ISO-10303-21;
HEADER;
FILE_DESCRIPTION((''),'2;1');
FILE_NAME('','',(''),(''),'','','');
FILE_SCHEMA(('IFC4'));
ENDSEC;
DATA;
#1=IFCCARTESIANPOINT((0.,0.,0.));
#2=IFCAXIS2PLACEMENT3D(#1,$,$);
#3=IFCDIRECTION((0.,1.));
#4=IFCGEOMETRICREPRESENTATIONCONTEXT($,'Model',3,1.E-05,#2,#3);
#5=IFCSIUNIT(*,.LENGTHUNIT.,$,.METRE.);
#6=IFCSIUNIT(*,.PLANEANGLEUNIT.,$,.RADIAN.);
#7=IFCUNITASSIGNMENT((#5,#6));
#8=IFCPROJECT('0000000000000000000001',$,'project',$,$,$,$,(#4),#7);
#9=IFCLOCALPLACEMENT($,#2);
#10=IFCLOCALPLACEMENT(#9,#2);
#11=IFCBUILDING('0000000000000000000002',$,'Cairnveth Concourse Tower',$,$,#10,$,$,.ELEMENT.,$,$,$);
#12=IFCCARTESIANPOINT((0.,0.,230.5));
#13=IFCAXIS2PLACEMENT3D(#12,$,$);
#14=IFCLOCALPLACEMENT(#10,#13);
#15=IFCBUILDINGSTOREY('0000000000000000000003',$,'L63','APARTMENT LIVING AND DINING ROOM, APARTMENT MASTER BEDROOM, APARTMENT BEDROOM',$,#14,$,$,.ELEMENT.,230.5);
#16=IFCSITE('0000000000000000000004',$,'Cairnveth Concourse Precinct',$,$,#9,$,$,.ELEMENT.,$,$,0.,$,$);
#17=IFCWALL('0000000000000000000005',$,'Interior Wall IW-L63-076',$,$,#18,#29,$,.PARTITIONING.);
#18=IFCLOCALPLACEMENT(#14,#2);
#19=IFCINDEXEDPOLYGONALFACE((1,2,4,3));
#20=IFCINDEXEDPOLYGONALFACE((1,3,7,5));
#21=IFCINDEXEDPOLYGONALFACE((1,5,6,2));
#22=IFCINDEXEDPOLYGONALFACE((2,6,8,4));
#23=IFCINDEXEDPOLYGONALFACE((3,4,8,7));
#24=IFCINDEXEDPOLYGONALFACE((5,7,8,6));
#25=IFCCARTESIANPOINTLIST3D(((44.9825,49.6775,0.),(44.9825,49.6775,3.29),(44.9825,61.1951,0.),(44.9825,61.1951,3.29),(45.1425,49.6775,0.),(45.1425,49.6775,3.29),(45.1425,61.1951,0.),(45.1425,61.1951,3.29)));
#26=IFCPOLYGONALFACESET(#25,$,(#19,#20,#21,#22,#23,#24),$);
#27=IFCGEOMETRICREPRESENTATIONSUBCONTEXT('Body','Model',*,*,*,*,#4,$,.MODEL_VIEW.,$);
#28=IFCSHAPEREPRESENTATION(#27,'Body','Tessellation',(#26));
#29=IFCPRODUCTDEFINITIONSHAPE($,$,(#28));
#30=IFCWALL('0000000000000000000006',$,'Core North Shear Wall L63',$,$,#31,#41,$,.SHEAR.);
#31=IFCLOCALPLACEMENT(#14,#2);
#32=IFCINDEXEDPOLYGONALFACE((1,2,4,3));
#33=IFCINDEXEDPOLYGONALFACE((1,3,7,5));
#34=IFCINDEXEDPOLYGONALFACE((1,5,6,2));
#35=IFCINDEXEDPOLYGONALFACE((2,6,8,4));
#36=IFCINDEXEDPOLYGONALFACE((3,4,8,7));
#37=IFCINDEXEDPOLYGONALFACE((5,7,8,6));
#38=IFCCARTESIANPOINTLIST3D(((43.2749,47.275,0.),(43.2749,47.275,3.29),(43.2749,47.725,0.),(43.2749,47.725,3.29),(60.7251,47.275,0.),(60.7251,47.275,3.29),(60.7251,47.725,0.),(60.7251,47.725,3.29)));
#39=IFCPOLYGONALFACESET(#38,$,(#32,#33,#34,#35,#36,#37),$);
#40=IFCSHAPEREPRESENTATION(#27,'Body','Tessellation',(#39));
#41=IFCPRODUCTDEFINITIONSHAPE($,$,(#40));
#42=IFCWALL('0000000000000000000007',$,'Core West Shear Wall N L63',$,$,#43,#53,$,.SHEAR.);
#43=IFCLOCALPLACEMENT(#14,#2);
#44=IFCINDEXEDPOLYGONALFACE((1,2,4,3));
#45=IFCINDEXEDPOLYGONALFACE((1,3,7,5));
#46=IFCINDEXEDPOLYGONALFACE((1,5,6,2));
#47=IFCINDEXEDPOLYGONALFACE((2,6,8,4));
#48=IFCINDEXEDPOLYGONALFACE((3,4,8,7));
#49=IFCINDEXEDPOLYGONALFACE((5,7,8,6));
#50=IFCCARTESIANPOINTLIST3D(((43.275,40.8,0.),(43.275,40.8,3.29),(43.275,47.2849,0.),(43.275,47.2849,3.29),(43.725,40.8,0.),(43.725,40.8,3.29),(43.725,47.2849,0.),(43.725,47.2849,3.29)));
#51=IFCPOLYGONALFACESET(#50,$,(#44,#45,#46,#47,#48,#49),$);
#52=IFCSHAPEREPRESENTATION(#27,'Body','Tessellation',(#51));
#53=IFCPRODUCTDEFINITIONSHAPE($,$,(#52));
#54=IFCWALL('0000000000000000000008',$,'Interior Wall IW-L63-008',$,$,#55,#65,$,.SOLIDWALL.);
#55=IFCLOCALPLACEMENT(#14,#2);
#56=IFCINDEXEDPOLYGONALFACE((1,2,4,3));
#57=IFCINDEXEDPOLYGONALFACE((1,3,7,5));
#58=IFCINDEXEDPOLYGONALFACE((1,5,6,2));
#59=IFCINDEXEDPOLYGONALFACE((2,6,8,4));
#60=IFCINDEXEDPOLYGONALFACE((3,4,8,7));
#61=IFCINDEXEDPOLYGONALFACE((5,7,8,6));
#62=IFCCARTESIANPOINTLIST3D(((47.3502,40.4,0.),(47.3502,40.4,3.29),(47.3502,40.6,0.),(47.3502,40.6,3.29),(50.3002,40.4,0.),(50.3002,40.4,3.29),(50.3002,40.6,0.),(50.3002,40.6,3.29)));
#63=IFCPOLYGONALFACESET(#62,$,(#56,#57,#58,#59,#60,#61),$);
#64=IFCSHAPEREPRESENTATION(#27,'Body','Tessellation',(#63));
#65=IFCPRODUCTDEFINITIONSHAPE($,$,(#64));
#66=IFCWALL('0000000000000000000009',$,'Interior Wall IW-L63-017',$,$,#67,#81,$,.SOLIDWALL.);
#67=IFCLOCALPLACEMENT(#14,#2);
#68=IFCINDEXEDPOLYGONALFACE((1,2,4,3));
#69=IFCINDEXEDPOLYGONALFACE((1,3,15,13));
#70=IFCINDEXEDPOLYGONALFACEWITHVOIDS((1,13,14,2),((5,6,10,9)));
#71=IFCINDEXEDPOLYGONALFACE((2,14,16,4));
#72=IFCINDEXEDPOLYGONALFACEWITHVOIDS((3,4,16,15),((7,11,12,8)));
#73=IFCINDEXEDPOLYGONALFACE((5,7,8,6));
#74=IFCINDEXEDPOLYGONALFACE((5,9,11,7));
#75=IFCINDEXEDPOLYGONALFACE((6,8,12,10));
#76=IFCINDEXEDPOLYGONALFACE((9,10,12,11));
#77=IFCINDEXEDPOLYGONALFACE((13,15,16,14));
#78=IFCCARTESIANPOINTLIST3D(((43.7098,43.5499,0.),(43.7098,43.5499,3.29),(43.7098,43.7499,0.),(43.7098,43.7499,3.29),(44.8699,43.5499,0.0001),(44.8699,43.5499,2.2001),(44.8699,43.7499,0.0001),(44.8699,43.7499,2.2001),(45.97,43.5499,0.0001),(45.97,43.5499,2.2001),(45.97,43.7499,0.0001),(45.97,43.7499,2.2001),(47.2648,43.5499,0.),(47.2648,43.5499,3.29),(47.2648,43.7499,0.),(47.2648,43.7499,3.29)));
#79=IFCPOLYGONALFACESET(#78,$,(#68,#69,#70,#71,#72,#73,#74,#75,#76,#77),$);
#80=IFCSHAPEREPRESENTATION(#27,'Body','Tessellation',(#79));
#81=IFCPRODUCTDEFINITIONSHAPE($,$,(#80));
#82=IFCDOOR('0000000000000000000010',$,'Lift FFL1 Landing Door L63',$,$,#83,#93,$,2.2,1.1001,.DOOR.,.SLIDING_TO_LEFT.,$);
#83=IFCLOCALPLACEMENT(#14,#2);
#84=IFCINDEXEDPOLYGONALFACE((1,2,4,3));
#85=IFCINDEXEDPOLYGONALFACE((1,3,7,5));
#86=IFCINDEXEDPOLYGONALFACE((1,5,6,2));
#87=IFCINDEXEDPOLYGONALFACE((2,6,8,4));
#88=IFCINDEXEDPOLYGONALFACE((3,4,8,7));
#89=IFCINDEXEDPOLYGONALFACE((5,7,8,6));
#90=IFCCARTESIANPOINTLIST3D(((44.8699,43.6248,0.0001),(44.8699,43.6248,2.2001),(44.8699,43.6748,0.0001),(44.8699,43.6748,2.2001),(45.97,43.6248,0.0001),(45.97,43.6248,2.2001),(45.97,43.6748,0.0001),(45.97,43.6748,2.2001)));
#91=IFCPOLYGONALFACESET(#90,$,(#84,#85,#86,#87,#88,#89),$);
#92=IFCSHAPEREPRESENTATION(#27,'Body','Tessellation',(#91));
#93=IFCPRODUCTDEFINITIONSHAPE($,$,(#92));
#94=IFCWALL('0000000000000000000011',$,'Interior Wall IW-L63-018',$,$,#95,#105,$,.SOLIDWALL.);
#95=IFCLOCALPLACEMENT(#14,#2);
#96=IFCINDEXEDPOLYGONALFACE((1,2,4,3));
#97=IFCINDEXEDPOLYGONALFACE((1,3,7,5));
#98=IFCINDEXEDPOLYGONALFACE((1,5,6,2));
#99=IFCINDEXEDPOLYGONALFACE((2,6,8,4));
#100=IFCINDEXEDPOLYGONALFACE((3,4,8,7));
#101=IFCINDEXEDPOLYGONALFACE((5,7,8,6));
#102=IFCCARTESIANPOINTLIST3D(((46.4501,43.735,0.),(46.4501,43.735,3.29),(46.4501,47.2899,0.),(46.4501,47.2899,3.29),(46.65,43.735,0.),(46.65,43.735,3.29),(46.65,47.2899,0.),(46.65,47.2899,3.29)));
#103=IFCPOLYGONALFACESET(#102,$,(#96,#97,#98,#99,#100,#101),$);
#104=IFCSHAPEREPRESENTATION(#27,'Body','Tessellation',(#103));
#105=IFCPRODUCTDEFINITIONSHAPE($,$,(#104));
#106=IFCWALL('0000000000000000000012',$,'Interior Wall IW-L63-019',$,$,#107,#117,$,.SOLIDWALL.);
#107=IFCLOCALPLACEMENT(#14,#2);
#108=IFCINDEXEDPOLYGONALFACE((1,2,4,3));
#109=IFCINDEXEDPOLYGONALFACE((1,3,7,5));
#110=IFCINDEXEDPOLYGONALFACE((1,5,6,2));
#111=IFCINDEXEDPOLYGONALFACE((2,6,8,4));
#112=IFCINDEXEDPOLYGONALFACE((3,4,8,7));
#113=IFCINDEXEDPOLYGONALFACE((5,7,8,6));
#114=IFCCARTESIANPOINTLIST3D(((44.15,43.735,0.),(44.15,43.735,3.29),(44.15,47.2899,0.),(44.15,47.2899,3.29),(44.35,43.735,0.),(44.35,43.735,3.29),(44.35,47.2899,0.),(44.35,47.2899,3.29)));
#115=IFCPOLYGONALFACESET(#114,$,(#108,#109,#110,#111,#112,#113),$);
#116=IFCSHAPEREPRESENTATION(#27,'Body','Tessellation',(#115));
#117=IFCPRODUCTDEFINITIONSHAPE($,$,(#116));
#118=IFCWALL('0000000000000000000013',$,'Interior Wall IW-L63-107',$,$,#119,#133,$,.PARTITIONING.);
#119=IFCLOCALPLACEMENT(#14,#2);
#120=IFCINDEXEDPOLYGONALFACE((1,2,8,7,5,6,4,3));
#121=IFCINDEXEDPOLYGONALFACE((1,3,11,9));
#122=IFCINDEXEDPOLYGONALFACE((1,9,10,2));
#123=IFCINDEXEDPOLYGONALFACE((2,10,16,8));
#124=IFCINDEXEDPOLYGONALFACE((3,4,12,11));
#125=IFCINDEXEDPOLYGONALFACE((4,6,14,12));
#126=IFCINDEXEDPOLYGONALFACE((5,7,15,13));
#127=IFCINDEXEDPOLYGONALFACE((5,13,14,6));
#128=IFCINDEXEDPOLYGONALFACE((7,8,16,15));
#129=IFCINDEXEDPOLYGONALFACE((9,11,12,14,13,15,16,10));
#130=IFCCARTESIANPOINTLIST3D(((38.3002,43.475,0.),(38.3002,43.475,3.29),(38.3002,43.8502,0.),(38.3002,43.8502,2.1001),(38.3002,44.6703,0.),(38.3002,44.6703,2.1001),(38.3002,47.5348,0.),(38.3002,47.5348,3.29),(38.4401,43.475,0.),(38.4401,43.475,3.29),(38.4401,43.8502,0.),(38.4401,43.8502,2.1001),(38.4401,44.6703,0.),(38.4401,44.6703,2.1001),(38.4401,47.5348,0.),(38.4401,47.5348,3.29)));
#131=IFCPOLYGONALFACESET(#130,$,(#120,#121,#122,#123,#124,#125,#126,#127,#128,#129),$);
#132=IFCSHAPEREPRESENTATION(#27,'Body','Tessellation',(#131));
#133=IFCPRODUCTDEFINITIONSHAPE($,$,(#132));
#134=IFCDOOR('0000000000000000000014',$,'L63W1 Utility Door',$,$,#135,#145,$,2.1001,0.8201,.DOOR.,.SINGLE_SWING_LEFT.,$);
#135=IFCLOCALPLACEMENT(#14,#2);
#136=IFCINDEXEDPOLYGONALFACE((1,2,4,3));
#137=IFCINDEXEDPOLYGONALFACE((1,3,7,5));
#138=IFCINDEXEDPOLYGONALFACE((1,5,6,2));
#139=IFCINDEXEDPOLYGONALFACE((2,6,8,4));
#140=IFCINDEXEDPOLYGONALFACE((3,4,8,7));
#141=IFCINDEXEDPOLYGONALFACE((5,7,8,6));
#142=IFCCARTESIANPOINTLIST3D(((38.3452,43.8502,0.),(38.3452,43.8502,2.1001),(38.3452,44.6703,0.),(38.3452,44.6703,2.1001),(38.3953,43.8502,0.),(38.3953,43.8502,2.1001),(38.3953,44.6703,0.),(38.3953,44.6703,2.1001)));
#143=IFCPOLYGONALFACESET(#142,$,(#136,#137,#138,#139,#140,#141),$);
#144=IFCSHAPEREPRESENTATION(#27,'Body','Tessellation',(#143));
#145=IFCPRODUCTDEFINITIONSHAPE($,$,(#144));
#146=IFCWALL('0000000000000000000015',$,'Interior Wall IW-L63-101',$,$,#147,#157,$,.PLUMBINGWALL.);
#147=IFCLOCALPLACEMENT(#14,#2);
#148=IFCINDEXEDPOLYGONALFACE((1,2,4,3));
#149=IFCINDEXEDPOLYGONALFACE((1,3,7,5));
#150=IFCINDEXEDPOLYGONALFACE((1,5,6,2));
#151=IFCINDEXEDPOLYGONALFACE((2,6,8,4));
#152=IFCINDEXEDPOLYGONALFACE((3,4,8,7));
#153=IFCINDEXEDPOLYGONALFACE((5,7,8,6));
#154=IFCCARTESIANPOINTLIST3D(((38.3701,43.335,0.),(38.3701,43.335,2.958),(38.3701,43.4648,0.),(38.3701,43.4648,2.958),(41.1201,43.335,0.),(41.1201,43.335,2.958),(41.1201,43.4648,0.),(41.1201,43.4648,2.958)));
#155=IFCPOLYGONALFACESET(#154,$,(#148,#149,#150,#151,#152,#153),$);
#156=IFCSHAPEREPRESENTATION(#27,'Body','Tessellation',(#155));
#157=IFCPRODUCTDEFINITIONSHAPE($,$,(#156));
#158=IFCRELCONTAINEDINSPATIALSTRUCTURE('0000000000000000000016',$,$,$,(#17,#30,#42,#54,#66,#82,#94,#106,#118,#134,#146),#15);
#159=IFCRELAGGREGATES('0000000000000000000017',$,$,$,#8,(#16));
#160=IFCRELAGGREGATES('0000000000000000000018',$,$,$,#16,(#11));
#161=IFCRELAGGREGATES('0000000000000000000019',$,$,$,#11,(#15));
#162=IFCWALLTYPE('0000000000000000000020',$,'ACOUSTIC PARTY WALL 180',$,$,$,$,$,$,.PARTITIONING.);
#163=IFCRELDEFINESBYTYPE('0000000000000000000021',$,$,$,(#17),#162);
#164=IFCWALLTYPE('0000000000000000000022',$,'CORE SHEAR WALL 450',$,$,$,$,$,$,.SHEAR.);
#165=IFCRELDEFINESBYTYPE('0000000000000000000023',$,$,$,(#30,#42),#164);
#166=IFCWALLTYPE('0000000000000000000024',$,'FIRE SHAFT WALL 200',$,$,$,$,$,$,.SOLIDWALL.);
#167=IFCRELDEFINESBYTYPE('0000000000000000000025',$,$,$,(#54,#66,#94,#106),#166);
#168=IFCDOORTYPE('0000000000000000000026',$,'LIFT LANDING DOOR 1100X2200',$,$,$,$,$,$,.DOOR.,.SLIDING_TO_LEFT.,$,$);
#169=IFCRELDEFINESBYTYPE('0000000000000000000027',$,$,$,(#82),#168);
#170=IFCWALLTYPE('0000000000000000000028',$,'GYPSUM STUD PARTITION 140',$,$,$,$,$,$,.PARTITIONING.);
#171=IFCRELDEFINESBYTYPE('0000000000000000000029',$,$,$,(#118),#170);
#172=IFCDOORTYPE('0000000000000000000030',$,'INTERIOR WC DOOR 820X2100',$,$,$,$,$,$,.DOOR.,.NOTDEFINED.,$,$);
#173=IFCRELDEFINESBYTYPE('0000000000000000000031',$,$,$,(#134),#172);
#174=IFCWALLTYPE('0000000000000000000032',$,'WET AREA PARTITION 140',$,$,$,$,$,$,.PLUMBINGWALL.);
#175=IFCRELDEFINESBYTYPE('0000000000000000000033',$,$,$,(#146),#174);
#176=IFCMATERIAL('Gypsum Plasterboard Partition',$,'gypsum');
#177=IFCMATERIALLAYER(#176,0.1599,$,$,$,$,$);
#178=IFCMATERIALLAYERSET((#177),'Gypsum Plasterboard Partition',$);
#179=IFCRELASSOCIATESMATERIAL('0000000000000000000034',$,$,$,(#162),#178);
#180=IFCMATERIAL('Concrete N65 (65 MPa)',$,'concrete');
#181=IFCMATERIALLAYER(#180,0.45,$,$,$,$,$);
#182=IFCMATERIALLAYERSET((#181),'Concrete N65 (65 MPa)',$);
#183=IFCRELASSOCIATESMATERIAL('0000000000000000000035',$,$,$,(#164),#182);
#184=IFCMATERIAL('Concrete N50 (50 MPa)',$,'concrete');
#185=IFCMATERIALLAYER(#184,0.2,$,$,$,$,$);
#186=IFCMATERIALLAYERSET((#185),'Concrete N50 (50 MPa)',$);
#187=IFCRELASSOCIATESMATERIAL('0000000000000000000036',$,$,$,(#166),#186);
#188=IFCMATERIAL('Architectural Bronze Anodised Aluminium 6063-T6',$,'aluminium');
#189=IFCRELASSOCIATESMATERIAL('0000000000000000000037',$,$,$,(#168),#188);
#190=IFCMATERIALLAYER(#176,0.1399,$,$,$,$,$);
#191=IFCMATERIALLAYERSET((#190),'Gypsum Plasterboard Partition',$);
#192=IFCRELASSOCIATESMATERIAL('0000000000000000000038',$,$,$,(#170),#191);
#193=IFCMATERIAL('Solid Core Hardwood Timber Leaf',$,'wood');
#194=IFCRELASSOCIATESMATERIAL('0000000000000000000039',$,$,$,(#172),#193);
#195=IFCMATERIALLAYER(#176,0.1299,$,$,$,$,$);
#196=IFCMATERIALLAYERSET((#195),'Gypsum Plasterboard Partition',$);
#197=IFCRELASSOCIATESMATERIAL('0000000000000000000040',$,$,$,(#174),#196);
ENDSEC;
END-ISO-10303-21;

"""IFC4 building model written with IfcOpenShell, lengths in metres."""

from ifc_helpers import new_model, si_unit, direction, frame, frame_2d, origin, place, context, subcontext, project, spatial, rectangle, extrude, material, layer, layer_set, type_object, element, fill, save


model = new_model("IFC4")

# Units and contexts
model_context = context("Model", 3, precision=1e-05, world=origin(), true_north=direction((0.0, 1.0)))
body_context = subcontext(model_context, "Body", "Model", "MODEL_VIEW")
ifc_project = project(units=[si_unit("LENGTHUNIT", "METRE"), si_unit("PLANEANGLEUNIT", "RADIAN")], contexts=[model_context])

# Site, building, storey
site_placement = place(None, origin())
site = spatial("IfcSite", under=ifc_project, at=site_placement, Name="Cairnveth Concourse Precinct", CompositionType="ELEMENT", RefElevation=0.0)
building_placement = place(site_placement, origin())
building = spatial("IfcBuilding", under=site, at=building_placement, Name="Cairnveth Concourse Tower", CompositionType="ELEMENT")
storey_placement = place(building_placement, frame((0.0, 0.0, 230.5)))
storey = spatial("IfcBuildingStorey", under=building, at=storey_placement, Name="L63", Description="APARTMENT LIVING AND DINING ROOM, APARTMENT MASTER BEDROOM, APARTMENT BEDROOM", CompositionType="ELEMENT", Elevation=230.5)

# Shared definitions
ifc_material_1 = material(Name="Concrete N65 (65 MPa)", Category="concrete")

# Walls
ifc_material_2 = material(Name="Gypsum Plasterboard Partition", Category="gypsum")
ifc_layer_1 = layer(ifc_material_2, 0.1599)
ifc_layer_set_1 = layer_set([ifc_layer_1], Name="Gypsum Plasterboard Partition")
wall_type_1 = type_object("IfcWallType", Name="ACOUSTIC PARTY WALL 180", PredefinedType="PARTITIONING", material=ifc_layer_set_1)
wall_1_placement = place(storey_placement, frame((45.0625, 49.6775, 0.0), z_axis=(0.0, 0.0, 1.0), x_axis=(0.0, 1.0, 0.0)))
element("IfcWall", 1, at=wall_1_placement, inside=storey, type_object=wall_type_1, Name="Interior Wall IW-L63-076", PredefinedType="PARTITIONING", context=body_context, shape_type="SweptSolid", body=[
    extrude(rectangle(XDim=11.5176, YDim=0.1599, at=frame_2d((5.7588, 0.0))), origin(), (0.0, 0.0, 1.0), 3.29),
])
ifc_layer_2 = layer(ifc_material_1, 0.45)
ifc_layer_set_2 = layer_set([ifc_layer_2], Name="Concrete N65 (65 MPa)")
wall_type_2 = type_object("IfcWallType", Name="CORE SHEAR WALL 450", PredefinedType="SHEAR", material=ifc_layer_set_2)
wall_2_placement = place(storey_placement, frame((43.2749, 47.5, 0.0), z_axis=(0.0, 0.0, 1.0), x_axis=(1.0, 0.0, 0.0)))
element("IfcWall", 2, at=wall_2_placement, inside=storey, type_object=wall_type_2, Name="Core North Shear Wall L63", PredefinedType="SHEAR", context=body_context, shape_type="SweptSolid", body=[
    extrude(rectangle(XDim=17.4502, YDim=0.45, at=frame_2d((8.7251, 0.0))), origin(), (0.0, 0.0, 1.0), 3.29),
])
wall_3_placement = place(storey_placement, frame((43.5, 40.8, 0.0), z_axis=(0.0, 0.0, 1.0), x_axis=(0.0, 1.0, 0.0)))
element("IfcWall", 3, at=wall_3_placement, inside=storey, type_object=wall_type_2, Name="Core West Shear Wall N L63", PredefinedType="SHEAR", context=body_context, shape_type="SweptSolid", body=[
    extrude(rectangle(XDim=6.4849, YDim=0.45, at=frame_2d((3.2424, 0.0))), origin(), (0.0, 0.0, 1.0), 3.29),
])
ifc_material_3 = material(Name="Concrete N50 (50 MPa)", Category="concrete")
ifc_layer_3 = layer(ifc_material_3, 0.2)
ifc_layer_set_3 = layer_set([ifc_layer_3], Name="Concrete N50 (50 MPa)")
wall_type_3 = type_object("IfcWallType", Name="FIRE SHAFT WALL 200", PredefinedType="SOLIDWALL", material=ifc_layer_set_3)
wall_4_placement = place(storey_placement, frame((47.3501, 40.5, 0.0), z_axis=(0.0, 0.0, 1.0), x_axis=(1.0, 0.0, 0.0)))
element("IfcWall", 4, at=wall_4_placement, inside=storey, type_object=wall_type_3, Name="Interior Wall IW-L63-008", PredefinedType="SOLIDWALL", context=body_context, shape_type="SweptSolid", body=[
    extrude(rectangle(XDim=2.95, YDim=0.2, at=frame_2d((1.4751, 0.0))), origin(), (0.0, 0.0, 1.0), 3.29),
])

# Wall, opening, door
wall_5_placement = place(storey_placement, frame((43.71, 43.6499, 0.0), z_axis=(0.0, 0.0, 1.0), x_axis=(1.0, 0.0, 0.0)))
wall_5 = element("IfcWall", 5, at=wall_5_placement, inside=storey, type_object=wall_type_3, Name="Interior Wall IW-L63-017", PredefinedType="SOLIDWALL", context=body_context, shape_type="SweptSolid", body=[
    extrude(rectangle(XDim=3.5549, YDim=0.2, at=frame_2d((1.7773, 0.0))), origin(), (0.0, 0.0, 1.0), 3.29),
])
opening_1_placement = place(wall_5_placement, frame((1.1599, 0.0, 0.0)))
opening_1 = element("IfcOpeningElement", 6, at=opening_1_placement, cuts=wall_5, PredefinedType="OPENING", context=body_context, shape_type="SweptSolid", body=[
    extrude(rectangle(XDim=1.1001, YDim=2.2, at=frame_2d((0.55, 1.1001))), frame((0.0, 0.1099, 0.0), z_axis=(0.0, -1.0, 0.0), x_axis=(1.0, 0.0, 0.0)), (0.0, 0.0, 1.0), 0.22),
])
ifc_material_4 = material(Name="Architectural Bronze Anodised Aluminium 6063-T6", Category="aluminium")
door_type_1 = type_object("IfcDoorType", Name="LIFT LANDING DOOR 1100X2200", OperationType="SLIDING_TO_LEFT", PredefinedType="DOOR", material=ifc_material_4)
door_1_placement = place(opening_1_placement, origin())
door_1 = element("IfcDoor", 7, at=door_1_placement, inside=storey, type_object=door_type_1, Name="Lift FFL1 Landing Door L63", OperationType="SLIDING_TO_LEFT", OverallHeight=2.2, OverallWidth=1.1001, PredefinedType="DOOR", context=body_context, shape_type="SweptSolid", body=[
    extrude(rectangle(XDim=1.1001, YDim=2.2, at=frame_2d((0.55, 1.1001))), frame((0.0, 0.0249, 0.0), z_axis=(0.0, -1.0, 0.0), x_axis=(1.0, 0.0, 0.0)), (0.0, 0.0, 1.0), 0.05),
])
fill(opening_1, door_1)

# Walls
for number, where, z_axis, x_axis, name in (
    (8, (46.55, 43.7351, 0.0), (0.0, 0.0, 1.0), (0.0, 1.0, 0.0), "Interior Wall IW-L63-018"),
    (9, (44.25, 43.7351, 0.0), (0.0, 0.0, 1.0), (0.0, 1.0, 0.0), "Interior Wall IW-L63-019"),
):
    element("IfcWall", number, at=place(storey_placement, frame(where, z_axis=z_axis, x_axis=x_axis)), inside=storey, type_object=wall_type_3, Name=name, PredefinedType="SOLIDWALL", context=body_context, shape_type="SweptSolid", body=[
        extrude(rectangle(XDim=3.5549, YDim=0.2, at=frame_2d((1.7773, 0.0))), origin(), (0.0, 0.0, 1.0), 3.29),
    ])

# Wall, opening, door
ifc_layer_4 = layer(ifc_material_2, 0.1399)
ifc_layer_set_4 = layer_set([ifc_layer_4], Name="Gypsum Plasterboard Partition")
wall_type_4 = type_object("IfcWallType", Name="GYPSUM STUD PARTITION 140", PredefinedType="PARTITIONING", material=ifc_layer_set_4)
wall_6_placement = place(storey_placement, frame((38.3701, 43.4751, 0.0), z_axis=(0.0, 0.0, 1.0), x_axis=(0.0, 1.0, 0.0)))
wall_6 = element("IfcWall", 10, at=wall_6_placement, inside=storey, type_object=wall_type_4, Name="Interior Wall IW-L63-107", PredefinedType="PARTITIONING", context=body_context, shape_type="SweptSolid", body=[
    extrude(rectangle(XDim=4.0598, YDim=0.1399, at=frame_2d((2.0298, 0.0))), origin(), (0.0, 0.0, 1.0), 3.29),
])
opening_2_placement = place(wall_6_placement, frame((0.375, 0.0, 0.0)))
opening_2 = element("IfcOpeningElement", 11, at=opening_2_placement, cuts=wall_6, PredefinedType="OPENING", context=body_context, shape_type="SweptSolid", body=[
    extrude(rectangle(XDim=0.8201, YDim=2.1001, at=frame_2d((0.4102, 1.05))), frame((0.0, 0.0798, 0.0), z_axis=(0.0, -1.0, 0.0), x_axis=(1.0, 0.0, 0.0)), (0.0, 0.0, 1.0), 0.1599),
])
ifc_material_5 = material(Name="Solid Core Hardwood Timber Leaf", Category="wood")
door_type_2 = type_object("IfcDoorType", Name="INTERIOR WC DOOR 820X2100", OperationType="NOTDEFINED", PredefinedType="DOOR", material=ifc_material_5)
door_2_placement = place(opening_2_placement, origin())
door_2 = element("IfcDoor", 12, at=door_2_placement, inside=storey, type_object=door_type_2, Name="L63W1 Utility Door", OperationType="SINGLE_SWING_LEFT", OverallHeight=2.1001, OverallWidth=0.8201, PredefinedType="DOOR", context=body_context, shape_type="SweptSolid", body=[
    extrude(rectangle(XDim=0.8201, YDim=2.1001, at=frame_2d((0.4102, 1.05))), frame((0.0, 0.0249, 0.0), z_axis=(0.0, -1.0, 0.0), x_axis=(1.0, 0.0, 0.0)), (0.0, 0.0, 1.0), 0.05),
])
fill(opening_2, door_2)

# Wall
ifc_layer_5 = layer(ifc_material_2, 0.1299)
ifc_layer_set_5 = layer_set([ifc_layer_5], Name="Gypsum Plasterboard Partition")
wall_type_5 = type_object("IfcWallType", Name="WET AREA PARTITION 140", PredefinedType="PLUMBINGWALL", material=ifc_layer_set_5)
wall_7_placement = place(storey_placement, frame((38.3701, 43.3999, 0.0), z_axis=(0.0, 0.0, 1.0), x_axis=(1.0, 0.0, 0.0)))
element("IfcWall", 13, at=wall_7_placement, inside=storey, type_object=wall_type_5, Name="Interior Wall IW-L63-101", PredefinedType="PLUMBINGWALL", context=body_context, shape_type="SweptSolid", body=[
    extrude(rectangle(XDim=2.75, YDim=0.1299, at=frame_2d((1.375, 0.0))), origin(), (0.0, 0.0, 1.0), 2.958),
])

save(model, "model.ifc")
